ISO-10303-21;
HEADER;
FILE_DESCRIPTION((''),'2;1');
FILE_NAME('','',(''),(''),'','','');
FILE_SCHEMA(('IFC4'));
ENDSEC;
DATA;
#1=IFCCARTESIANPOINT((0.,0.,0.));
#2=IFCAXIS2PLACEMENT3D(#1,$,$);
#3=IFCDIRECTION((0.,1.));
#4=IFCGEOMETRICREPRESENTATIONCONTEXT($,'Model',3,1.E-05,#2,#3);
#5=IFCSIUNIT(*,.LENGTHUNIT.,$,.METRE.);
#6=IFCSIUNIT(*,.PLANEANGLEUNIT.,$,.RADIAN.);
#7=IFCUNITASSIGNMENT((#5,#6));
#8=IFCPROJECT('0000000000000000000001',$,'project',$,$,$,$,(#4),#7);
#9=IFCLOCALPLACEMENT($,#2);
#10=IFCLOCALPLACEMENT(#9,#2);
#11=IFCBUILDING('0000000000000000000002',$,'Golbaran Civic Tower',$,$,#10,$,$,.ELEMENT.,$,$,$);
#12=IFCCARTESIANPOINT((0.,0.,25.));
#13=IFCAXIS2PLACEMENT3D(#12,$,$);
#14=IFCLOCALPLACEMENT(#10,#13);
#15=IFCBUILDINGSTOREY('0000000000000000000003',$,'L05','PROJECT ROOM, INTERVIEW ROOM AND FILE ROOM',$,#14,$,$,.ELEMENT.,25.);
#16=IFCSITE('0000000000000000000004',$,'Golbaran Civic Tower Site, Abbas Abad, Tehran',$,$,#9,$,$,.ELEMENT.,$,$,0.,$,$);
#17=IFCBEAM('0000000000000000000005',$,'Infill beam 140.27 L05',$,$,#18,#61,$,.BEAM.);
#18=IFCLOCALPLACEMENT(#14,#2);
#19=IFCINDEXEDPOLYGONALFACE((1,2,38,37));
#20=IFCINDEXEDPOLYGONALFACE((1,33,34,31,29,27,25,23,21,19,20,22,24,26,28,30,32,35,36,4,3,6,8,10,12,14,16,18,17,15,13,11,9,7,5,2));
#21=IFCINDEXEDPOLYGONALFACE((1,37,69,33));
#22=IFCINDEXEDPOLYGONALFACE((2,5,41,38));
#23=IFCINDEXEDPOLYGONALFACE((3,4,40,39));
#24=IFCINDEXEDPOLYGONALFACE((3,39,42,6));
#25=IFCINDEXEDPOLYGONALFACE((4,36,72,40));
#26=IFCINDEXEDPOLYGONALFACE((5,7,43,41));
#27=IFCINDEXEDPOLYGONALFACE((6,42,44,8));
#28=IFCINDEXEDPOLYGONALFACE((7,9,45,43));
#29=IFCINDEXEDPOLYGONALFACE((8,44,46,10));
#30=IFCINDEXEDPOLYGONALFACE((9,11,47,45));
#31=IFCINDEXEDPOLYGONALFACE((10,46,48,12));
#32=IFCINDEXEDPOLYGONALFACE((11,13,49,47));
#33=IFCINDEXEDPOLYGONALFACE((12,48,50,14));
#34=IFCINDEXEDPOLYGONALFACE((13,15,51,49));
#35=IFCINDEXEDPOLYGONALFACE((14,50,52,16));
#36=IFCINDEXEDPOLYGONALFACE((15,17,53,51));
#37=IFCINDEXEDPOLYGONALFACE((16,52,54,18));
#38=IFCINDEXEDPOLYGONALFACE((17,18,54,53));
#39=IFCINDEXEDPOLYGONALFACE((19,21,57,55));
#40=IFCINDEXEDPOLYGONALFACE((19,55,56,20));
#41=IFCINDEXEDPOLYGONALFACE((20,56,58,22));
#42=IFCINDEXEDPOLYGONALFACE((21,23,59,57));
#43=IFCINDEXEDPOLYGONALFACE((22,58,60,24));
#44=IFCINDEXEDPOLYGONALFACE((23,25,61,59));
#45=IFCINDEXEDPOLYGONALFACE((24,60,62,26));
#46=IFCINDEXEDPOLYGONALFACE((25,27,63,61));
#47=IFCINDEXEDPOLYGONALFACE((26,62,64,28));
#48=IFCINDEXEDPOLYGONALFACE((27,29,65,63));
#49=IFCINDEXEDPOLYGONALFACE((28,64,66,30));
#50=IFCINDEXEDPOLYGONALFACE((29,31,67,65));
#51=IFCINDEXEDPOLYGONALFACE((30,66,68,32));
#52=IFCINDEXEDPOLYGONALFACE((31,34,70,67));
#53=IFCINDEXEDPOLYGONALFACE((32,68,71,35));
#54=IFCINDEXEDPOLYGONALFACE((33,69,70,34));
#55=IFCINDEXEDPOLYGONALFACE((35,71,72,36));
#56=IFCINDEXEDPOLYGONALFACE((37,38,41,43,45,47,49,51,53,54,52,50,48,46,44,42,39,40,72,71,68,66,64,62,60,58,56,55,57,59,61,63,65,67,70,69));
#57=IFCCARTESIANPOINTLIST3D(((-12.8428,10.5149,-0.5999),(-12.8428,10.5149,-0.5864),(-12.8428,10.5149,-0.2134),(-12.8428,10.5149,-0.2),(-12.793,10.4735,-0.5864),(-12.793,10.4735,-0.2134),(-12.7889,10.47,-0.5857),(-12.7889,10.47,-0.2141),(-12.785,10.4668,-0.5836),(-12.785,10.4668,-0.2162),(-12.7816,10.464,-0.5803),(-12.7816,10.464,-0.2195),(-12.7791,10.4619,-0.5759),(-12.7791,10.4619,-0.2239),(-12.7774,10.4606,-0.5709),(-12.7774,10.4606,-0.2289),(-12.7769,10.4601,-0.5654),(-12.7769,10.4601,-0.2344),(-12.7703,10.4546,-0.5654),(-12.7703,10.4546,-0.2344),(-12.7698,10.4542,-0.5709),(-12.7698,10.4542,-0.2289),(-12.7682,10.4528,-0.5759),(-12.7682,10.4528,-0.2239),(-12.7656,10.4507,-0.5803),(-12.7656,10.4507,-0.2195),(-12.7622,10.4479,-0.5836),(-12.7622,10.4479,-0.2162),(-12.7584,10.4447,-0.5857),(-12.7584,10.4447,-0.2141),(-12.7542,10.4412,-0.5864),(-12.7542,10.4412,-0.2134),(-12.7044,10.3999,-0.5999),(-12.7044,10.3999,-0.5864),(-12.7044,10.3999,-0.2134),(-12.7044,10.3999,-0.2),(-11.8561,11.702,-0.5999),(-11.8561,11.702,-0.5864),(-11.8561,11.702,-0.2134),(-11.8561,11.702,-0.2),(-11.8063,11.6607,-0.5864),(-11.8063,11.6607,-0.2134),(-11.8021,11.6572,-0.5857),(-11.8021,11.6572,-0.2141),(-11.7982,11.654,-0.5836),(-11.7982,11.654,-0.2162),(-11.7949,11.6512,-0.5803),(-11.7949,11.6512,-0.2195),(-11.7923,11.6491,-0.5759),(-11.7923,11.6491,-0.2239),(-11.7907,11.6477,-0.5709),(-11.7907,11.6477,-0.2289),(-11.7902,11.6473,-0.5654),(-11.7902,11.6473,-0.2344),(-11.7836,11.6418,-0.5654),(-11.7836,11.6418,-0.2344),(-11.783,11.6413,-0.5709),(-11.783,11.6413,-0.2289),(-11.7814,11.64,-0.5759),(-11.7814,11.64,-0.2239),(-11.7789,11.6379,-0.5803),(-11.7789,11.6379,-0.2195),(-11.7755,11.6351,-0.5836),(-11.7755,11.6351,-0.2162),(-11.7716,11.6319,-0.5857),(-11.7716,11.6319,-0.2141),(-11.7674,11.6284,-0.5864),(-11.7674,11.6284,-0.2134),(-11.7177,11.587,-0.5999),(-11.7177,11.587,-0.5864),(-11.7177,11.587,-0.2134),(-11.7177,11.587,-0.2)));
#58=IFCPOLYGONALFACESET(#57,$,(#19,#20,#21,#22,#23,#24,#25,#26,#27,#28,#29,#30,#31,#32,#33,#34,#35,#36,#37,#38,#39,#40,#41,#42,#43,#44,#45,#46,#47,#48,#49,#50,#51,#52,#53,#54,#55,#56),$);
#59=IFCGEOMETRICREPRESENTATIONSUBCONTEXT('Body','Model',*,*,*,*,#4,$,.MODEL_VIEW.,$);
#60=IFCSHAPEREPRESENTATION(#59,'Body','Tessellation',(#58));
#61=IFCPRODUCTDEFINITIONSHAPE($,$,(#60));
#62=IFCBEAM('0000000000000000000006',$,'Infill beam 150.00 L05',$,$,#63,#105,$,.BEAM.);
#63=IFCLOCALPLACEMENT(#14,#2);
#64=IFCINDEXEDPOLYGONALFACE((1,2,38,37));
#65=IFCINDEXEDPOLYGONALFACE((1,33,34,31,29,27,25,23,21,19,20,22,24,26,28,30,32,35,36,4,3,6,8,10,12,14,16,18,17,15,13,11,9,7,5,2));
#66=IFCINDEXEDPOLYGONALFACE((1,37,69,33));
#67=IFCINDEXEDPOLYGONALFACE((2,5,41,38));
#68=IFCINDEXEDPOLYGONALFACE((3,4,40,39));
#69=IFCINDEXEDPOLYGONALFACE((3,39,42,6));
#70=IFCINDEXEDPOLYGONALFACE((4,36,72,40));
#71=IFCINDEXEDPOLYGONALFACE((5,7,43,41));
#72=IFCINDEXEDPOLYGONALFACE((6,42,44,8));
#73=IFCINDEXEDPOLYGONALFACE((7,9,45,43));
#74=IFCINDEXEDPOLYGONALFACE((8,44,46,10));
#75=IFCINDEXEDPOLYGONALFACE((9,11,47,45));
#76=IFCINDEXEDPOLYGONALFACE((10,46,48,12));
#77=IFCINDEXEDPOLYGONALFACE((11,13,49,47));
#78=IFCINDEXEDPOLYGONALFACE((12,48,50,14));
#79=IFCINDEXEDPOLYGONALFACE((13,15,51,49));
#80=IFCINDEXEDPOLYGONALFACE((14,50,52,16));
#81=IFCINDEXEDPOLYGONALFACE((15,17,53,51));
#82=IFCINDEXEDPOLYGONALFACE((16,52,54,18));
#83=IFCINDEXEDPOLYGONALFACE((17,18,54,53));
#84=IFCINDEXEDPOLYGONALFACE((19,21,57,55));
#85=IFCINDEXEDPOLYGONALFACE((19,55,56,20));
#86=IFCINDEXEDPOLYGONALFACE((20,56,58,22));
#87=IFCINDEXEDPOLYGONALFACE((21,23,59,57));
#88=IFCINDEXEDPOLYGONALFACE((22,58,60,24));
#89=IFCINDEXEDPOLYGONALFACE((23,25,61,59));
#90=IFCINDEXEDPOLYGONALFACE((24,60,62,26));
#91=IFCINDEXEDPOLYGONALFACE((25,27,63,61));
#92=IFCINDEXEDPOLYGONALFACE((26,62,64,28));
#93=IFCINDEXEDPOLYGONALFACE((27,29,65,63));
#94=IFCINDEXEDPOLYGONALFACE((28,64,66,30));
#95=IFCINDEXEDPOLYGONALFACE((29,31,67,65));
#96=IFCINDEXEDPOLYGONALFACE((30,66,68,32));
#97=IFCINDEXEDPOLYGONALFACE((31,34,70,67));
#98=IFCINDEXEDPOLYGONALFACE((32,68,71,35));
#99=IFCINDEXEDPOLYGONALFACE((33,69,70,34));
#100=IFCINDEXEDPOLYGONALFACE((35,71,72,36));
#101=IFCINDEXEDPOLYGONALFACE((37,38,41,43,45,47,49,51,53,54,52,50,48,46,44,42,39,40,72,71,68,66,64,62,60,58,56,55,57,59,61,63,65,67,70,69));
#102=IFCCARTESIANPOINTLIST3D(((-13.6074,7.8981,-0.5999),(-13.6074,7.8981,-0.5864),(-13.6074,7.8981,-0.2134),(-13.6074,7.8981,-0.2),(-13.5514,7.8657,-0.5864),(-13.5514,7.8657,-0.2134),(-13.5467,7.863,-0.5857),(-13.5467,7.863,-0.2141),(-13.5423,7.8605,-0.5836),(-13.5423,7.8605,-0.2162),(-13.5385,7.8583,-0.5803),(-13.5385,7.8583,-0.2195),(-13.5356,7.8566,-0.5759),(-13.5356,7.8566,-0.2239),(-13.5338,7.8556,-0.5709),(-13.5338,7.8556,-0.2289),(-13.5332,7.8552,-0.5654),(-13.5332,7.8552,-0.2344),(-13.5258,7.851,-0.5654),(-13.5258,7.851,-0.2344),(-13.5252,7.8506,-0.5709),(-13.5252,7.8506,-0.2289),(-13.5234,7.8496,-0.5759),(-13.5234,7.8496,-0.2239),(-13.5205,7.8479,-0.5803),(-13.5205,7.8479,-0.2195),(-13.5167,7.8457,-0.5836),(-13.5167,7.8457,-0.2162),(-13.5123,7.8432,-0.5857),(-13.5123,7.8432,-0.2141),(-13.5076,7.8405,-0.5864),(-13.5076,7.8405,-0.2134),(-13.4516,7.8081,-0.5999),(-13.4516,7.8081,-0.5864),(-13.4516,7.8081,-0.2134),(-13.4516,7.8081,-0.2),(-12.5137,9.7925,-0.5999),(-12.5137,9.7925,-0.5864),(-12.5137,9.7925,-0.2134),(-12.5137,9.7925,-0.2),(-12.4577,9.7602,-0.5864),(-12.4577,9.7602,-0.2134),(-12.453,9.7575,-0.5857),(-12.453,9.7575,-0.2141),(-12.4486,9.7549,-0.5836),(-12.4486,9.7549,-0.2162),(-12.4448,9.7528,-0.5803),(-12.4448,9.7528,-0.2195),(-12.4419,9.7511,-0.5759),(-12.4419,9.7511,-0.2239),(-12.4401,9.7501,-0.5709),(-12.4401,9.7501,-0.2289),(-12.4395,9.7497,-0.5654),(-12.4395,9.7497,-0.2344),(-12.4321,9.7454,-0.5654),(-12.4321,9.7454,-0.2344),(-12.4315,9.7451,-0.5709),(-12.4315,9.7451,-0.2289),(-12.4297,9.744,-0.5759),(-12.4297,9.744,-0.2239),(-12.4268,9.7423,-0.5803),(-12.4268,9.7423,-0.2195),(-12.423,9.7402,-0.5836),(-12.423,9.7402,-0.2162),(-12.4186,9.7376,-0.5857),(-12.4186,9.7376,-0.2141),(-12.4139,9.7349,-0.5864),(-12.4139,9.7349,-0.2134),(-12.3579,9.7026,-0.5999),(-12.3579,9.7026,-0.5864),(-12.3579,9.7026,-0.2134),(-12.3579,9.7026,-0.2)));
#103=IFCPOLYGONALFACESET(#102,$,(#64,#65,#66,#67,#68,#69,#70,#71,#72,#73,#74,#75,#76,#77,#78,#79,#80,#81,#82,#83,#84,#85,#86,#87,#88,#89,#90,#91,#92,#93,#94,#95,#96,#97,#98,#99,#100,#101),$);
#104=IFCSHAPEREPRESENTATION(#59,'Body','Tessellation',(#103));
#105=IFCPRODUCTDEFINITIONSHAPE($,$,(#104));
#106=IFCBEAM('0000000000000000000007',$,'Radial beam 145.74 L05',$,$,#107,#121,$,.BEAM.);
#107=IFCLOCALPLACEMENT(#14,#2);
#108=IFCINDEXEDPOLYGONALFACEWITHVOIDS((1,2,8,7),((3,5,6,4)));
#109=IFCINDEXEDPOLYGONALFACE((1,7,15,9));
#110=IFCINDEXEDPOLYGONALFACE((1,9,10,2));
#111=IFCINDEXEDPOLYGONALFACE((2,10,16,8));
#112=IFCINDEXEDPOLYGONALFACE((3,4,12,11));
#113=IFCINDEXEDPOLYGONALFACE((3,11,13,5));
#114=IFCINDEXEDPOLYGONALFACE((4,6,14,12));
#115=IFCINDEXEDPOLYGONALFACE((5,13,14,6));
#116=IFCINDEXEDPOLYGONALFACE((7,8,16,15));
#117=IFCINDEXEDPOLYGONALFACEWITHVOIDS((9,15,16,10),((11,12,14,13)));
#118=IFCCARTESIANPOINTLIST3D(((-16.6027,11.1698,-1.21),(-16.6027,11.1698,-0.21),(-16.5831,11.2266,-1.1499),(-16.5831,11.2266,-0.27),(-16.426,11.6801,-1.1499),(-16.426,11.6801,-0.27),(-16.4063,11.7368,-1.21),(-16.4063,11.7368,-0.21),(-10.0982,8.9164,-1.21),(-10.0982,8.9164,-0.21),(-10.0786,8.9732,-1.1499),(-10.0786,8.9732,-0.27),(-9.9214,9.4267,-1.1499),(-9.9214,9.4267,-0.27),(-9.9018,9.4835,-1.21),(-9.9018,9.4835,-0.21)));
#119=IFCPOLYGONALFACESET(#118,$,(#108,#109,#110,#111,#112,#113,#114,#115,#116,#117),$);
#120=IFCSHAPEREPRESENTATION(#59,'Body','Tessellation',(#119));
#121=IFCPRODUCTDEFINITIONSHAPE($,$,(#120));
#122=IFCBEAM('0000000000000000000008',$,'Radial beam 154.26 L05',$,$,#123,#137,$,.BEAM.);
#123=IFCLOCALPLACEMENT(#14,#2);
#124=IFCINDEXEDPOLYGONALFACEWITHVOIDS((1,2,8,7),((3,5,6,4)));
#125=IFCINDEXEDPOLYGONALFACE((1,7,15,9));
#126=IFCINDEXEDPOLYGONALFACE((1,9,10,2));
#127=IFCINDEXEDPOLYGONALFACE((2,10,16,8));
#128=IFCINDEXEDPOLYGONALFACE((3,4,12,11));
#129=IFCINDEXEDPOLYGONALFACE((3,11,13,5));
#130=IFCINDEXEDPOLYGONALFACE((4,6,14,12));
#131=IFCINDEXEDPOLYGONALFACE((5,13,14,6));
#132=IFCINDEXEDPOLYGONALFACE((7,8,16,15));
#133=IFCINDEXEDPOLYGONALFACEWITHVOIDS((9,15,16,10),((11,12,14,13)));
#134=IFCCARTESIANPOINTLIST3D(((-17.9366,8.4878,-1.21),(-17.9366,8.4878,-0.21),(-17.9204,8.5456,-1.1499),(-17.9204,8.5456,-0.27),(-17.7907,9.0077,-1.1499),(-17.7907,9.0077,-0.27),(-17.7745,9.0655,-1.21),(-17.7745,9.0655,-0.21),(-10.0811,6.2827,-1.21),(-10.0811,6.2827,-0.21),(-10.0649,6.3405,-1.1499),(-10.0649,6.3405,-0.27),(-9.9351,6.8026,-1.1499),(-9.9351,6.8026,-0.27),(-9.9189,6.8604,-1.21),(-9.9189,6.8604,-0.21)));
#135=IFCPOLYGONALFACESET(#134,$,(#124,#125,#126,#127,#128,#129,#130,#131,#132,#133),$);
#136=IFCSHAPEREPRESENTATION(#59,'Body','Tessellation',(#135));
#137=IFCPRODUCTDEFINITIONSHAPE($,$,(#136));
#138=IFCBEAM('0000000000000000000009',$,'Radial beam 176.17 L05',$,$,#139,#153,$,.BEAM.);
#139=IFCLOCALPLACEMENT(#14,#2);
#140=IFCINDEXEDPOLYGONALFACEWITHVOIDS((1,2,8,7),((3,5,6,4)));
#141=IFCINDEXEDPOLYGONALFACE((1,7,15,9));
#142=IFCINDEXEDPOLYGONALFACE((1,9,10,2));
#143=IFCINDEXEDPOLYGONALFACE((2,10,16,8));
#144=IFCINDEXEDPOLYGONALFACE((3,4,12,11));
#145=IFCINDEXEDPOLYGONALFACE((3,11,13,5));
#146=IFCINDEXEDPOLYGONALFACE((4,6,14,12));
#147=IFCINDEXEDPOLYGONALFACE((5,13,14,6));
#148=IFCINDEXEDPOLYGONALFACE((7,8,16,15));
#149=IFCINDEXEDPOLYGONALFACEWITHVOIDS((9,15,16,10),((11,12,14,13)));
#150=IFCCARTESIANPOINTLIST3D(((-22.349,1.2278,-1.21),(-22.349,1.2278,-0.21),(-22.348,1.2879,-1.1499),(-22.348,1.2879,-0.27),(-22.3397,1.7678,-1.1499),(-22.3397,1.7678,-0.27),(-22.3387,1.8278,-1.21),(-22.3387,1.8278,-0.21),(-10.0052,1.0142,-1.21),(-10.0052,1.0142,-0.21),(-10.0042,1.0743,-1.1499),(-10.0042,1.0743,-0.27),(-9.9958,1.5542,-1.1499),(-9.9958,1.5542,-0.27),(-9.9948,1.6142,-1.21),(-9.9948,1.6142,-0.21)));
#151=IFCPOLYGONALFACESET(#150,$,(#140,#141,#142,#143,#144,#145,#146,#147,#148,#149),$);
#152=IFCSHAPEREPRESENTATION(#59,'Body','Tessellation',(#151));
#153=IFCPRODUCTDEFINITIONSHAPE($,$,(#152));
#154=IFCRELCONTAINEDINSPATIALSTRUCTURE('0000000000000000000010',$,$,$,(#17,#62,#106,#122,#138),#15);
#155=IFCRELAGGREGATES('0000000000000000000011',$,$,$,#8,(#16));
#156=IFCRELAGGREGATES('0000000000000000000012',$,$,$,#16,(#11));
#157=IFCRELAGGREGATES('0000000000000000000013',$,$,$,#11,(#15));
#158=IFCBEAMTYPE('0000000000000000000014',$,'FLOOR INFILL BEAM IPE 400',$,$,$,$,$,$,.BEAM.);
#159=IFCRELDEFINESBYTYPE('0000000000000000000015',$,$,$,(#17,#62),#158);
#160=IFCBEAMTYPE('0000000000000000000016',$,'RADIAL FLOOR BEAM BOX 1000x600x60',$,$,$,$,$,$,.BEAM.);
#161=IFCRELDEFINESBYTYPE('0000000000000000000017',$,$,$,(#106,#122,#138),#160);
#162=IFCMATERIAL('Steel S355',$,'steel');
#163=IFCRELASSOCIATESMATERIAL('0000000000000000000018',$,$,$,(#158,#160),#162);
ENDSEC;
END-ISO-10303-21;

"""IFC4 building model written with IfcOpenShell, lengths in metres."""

from ifc_helpers import new_model, si_unit, direction, frame, origin, origin_2d, place, context, subcontext, project, spatial, hollow_rectangle, i_section, extrude, material, material_profile, profile_set, type_object, element, save


model = new_model("IFC4")

# Units and contexts
model_context = context("Model", 3, precision=1e-05, world=origin(), true_north=direction((0.0, 1.0)))
body_context = subcontext(model_context, "Body", "Model", "MODEL_VIEW")
ifc_project = project(units=[si_unit("LENGTHUNIT", "METRE"), si_unit("PLANEANGLEUNIT", "RADIAN")], contexts=[model_context])

# Site, building, storey
site_placement = place(None, origin())
site = spatial("IfcSite", under=ifc_project, at=site_placement, Name="Golbaran Civic Tower Site, Abbas Abad, Tehran", CompositionType="ELEMENT", RefElevation=0.0)
building_placement = place(site_placement, origin())
building = spatial("IfcBuilding", under=site, at=building_placement, Name="Golbaran Civic Tower", CompositionType="ELEMENT")
storey_placement = place(building_placement, frame((0.0, 0.0, 25.0)))
storey = spatial("IfcBuildingStorey", under=building, at=storey_placement, Name="L05", Description="PROJECT ROOM, INTERVIEW ROOM AND FILE ROOM", CompositionType="ELEMENT", Elevation=25.0)

# Beams
ifc_material_1 = material(Name="Steel S355", Category="steel")
ifc_material_profile_1 = material_profile(ifc_material_1, i_section(OverallWidth=0.1799, OverallDepth=0.3999, WebThickness=0.0085, FlangeThickness=0.0134, FilletRadius=0.021, at=origin_2d()), Name="IPE 400")
ifc_profile_set_1 = profile_set([ifc_material_profile_1], Name="Steel S355")
beam_type_1 = type_object("IfcBeamType", Name="FLOOR INFILL BEAM IPE 400", PredefinedType="BEAM", material=ifc_profile_set_1)
beam_1_placement = place(storey_placement, frame((-11.7869, 11.6445, -0.3999), z_axis=(-0.639204, -0.769037, 0.0), x_axis=(0.769037, -0.639204, 0.0)))
element("IfcBeam", 1, at=beam_1_placement, inside=storey, type_object=beam_type_1, Name="Infill beam 140.27 L05", PredefinedType="BEAM", context=body_context, shape_type="SweptSolid", body=[
    extrude(i_section(OverallWidth=0.1799, OverallDepth=0.3999, WebThickness=0.0085, FlangeThickness=0.0134, FilletRadius=0.021, at=origin_2d()), origin(), (0.0, 0.0, 1.0), 1.5437),
])
beam_2_placement = place(storey_placement, frame((-12.4358, 9.7476, -0.3999), z_axis=(-0.49998, -0.866037, 0.0), x_axis=(0.866037, -0.49998, 0.0)))
element("IfcBeam", 2, at=beam_2_placement, inside=storey, type_object=beam_type_1, Name="Infill beam 150.00 L05", PredefinedType="BEAM", context=body_context, shape_type="SweptSolid", body=[
    extrude(i_section(OverallWidth=0.1799, OverallDepth=0.3999, WebThickness=0.0085, FlangeThickness=0.0134, FilletRadius=0.021, at=origin_2d()), origin(), (0.0, 0.0, 1.0), 2.1875),
])
ifc_material_profile_2 = material_profile(ifc_material_1, hollow_rectangle(XDim=0.6001, YDim=1.0, WallThickness=0.0601, at=origin_2d()), Name="BOX 1000x600x60")
ifc_profile_set_2 = profile_set([ifc_material_profile_2], Name="Steel S355")
beam_type_2 = type_object("IfcBeamType", Name="RADIAL FLOOR BEAM BOX 1000x600x60", PredefinedType="BEAM", material=ifc_profile_set_2)
beam_3_placement = place(storey_placement, frame((-10.0, 9.2, -0.71), z_axis=(-0.944905, 0.327346, 0.0), x_axis=(-0.327346, -0.944905, 0.0)))
element("IfcBeam", 3, at=beam_3_placement, inside=storey, type_object=beam_type_2, Name="Radial beam 145.74 L05", PredefinedType="BEAM", context=body_context, shape_type="SweptSolid", body=[
    extrude(hollow_rectangle(XDim=0.6001, YDim=1.0, WallThickness=0.0601, at=origin_2d()), origin(), (0.0, 0.0, 1.0), 6.8838),
])
beam_4_placement = place(storey_placement, frame((-10.0, 6.5715, -0.71), z_axis=(-0.962787, 0.27026, 0.0), x_axis=(-0.27026, -0.962787, 0.0)))
element("IfcBeam", 4, at=beam_4_placement, inside=storey, type_object=beam_type_2, Name="Radial beam 154.26 L05", PredefinedType="BEAM", context=body_context, shape_type="SweptSolid", body=[
    extrude(hollow_rectangle(XDim=0.6001, YDim=1.0, WallThickness=0.0601, at=origin_2d()), origin(), (0.0, 0.0, 1.0), 8.1592),
])
beam_5_placement = place(storey_placement, frame((-10.0, 1.3142, -0.71), z_axis=(-0.99985, 0.017304, 0.0), x_axis=(-0.017304, -0.99985, 0.0)))
element("IfcBeam", 5, at=beam_5_placement, inside=storey, type_object=beam_type_2, Name="Radial beam 176.17 L05", PredefinedType="BEAM", context=body_context, shape_type="SweptSolid", body=[
    extrude(hollow_rectangle(XDim=0.6001, YDim=1.0, WallThickness=0.0601, at=origin_2d()), origin(), (0.0, 0.0, 1.0), 12.3457),
])

save(model, "model.ifc")
